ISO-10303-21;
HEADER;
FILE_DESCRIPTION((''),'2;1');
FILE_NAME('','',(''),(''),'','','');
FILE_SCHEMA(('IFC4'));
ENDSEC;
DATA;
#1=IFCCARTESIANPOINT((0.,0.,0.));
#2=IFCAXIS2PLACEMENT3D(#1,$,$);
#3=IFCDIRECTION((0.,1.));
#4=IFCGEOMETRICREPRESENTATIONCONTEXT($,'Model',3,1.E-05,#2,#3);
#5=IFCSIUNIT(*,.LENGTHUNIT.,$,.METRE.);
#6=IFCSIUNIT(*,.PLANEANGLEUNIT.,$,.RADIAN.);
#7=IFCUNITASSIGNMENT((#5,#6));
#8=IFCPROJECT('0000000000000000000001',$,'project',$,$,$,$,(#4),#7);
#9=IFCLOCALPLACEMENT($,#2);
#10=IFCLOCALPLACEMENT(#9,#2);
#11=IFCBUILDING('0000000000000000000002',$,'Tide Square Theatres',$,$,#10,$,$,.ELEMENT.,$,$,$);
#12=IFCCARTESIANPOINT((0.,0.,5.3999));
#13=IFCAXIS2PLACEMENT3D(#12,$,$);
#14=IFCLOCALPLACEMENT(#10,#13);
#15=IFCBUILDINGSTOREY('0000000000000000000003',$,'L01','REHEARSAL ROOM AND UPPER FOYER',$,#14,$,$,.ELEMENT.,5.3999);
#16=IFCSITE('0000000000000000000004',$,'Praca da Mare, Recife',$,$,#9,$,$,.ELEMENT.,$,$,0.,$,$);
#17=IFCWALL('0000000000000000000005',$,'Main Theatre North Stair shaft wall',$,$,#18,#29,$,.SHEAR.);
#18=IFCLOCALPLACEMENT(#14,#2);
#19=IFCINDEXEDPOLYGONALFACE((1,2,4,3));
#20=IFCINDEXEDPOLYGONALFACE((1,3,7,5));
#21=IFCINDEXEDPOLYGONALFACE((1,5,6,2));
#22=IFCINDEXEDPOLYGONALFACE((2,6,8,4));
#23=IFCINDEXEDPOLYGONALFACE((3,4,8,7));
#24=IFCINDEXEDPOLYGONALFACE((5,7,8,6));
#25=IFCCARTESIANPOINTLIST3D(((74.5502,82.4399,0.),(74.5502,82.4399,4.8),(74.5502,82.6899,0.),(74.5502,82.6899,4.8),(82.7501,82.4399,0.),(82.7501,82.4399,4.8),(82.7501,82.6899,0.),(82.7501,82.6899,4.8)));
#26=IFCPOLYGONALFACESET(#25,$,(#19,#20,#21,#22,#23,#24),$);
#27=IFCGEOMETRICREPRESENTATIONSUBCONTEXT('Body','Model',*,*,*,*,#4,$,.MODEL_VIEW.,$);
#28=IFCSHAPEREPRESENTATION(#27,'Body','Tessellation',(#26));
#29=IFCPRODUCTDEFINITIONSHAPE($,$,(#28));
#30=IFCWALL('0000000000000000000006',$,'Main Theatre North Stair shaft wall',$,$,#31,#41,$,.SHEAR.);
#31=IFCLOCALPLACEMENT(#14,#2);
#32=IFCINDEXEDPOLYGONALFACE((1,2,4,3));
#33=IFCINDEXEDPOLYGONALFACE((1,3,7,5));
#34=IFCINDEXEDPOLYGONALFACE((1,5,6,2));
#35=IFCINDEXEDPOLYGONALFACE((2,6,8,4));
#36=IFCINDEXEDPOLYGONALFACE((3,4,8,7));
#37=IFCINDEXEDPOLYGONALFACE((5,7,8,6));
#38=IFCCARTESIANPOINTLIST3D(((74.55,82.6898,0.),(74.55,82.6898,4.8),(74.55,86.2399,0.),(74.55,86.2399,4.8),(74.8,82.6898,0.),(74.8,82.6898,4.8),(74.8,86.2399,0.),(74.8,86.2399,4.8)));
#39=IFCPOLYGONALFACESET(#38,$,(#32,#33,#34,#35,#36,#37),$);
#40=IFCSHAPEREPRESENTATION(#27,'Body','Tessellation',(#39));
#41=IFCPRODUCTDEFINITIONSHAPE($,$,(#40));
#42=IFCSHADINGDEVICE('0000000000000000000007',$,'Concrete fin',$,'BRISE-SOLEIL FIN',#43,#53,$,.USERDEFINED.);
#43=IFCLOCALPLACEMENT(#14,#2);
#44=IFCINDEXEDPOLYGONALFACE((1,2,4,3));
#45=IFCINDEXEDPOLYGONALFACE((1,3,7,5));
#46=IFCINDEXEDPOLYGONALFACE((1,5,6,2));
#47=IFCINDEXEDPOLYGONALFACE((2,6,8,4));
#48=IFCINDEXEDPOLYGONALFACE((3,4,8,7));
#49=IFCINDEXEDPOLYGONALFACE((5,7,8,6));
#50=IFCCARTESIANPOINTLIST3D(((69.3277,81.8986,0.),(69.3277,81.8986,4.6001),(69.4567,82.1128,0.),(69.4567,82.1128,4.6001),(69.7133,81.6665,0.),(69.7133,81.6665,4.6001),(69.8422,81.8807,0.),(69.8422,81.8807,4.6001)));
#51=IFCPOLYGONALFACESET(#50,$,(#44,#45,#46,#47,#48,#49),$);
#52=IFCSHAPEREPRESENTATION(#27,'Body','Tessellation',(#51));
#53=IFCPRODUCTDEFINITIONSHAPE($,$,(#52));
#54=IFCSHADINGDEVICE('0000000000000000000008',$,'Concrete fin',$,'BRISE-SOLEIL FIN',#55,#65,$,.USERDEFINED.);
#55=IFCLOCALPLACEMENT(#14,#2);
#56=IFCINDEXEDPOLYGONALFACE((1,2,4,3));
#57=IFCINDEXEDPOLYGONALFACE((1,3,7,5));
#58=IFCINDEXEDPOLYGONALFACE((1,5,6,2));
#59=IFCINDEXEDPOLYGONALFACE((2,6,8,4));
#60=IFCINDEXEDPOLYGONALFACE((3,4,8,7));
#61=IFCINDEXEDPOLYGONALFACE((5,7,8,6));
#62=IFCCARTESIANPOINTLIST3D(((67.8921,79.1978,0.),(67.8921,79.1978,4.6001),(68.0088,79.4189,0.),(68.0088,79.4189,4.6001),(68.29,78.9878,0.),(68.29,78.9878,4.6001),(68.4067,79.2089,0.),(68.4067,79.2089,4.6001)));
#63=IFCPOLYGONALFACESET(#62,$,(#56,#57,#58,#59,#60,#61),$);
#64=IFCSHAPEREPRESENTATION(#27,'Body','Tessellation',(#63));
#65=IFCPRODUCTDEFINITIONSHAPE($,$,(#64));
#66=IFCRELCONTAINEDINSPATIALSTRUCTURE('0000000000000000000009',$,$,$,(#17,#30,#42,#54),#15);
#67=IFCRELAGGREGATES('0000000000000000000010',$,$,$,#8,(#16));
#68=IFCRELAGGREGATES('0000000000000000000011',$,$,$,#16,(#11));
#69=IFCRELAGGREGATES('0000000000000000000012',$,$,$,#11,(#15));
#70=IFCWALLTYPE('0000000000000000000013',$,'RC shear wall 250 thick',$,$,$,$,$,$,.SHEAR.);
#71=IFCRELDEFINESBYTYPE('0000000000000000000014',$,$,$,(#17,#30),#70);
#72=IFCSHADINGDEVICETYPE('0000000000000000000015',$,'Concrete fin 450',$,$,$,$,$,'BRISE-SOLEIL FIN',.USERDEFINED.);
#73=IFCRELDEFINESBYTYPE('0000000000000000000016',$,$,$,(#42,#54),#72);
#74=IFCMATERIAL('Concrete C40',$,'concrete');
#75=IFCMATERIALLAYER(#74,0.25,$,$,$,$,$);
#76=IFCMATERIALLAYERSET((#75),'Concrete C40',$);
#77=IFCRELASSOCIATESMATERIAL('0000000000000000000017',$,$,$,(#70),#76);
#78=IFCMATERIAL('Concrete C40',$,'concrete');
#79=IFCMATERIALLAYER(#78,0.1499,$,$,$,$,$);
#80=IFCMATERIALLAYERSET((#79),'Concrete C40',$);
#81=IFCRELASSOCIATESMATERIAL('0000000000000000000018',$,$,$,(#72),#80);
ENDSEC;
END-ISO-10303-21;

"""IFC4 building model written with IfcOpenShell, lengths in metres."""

from ifc_helpers import new_model, si_unit, direction, frame, frame_2d, origin, origin_2d, place, context, subcontext, project, spatial, rectangle, extrude, material, layer, layer_set, type_object, element, save


model = new_model("IFC4")

# Units and contexts
model_context = context("Model", 3, precision=1e-05, world=origin(), true_north=direction((0.0, 1.0)))
body_context = subcontext(model_context, "Body", "Model", "MODEL_VIEW")
ifc_project = project(units=[si_unit("LENGTHUNIT", "METRE"), si_unit("PLANEANGLEUNIT", "RADIAN")], contexts=[model_context])

# Site, building, storey
site_placement = place(None, origin())
site = spatial("IfcSite", under=ifc_project, at=site_placement, Name="Praca da Mare, Recife", CompositionType="ELEMENT", RefElevation=0.0)
building_placement = place(site_placement, origin())
building = spatial("IfcBuilding", under=site, at=building_placement, Name="Tide Square Theatres", CompositionType="ELEMENT")
storey_placement = place(building_placement, frame((0.0, 0.0, 5.3999)))
storey = spatial("IfcBuildingStorey", under=building, at=storey_placement, Name="L01", Description="REHEARSAL ROOM AND UPPER FOYER", CompositionType="ELEMENT", Elevation=5.3999)

# Walls
ifc_material_1 = material(Name="Concrete C40", Category="concrete")
ifc_layer_1 = layer(ifc_material_1, 0.25)
ifc_layer_set_1 = layer_set([ifc_layer_1], Name="Concrete C40")
wall_type_1 = type_object("IfcWallType", Name="RC shear wall 250 thick", PredefinedType="SHEAR", material=ifc_layer_set_1)
wall_1_placement = place(storey_placement, frame((74.55, 82.5649, 0.0), z_axis=(0.0, 0.0, 1.0), x_axis=(1.0, 0.0, 0.0)))
element("IfcWall", 1, at=wall_1_placement, inside=storey, type_object=wall_type_1, Name="Main Theatre North Stair shaft wall", PredefinedType="SHEAR", context=body_context, shape_type="SweptSolid", body=[
    extrude(rectangle(XDim=8.2, YDim=0.25, at=frame_2d((4.1001, 0.0))), origin(), (0.0, 0.0, 1.0), 4.8),
])
wall_2_placement = place(storey_placement, frame((74.675, 82.6899, 0.0), z_axis=(0.0, 0.0, 1.0), x_axis=(0.0, 1.0, 0.0)))
element("IfcWall", 2, at=wall_2_placement, inside=storey, type_object=wall_type_1, Name="Main Theatre North Stair shaft wall", PredefinedType="SHEAR", context=body_context, shape_type="SweptSolid", body=[
    extrude(rectangle(XDim=3.55, YDim=0.25, at=frame_2d((1.7749, 0.0))), origin(), (0.0, 0.0, 1.0), 4.8),
])

# Shading devices
ifc_material_2 = material(Name="Concrete C40", Category="concrete")
ifc_layer_2 = layer(ifc_material_2, 0.1499)
ifc_layer_set_2 = layer_set([ifc_layer_2], Name="Concrete C40")
shading_device_type = type_object("IfcShadingDeviceType", Name="Concrete fin 450", ElementType="BRISE-SOLEIL FIN", PredefinedType="USERDEFINED", material=ifc_layer_set_2)
for number, where, z_axis, x_axis, name in (
    (3, (69.585, 81.8896, 0.0), (0.0, 0.0, 1.0), (-0.515681, -0.856781, 0.0), "Concrete fin"),
    (4, (68.1494, 79.2034, 0.0), (0.0, 0.0, 1.0), (-0.466757, -0.884386, 0.0), "Concrete fin"),
):
    element("IfcShadingDevice", number, at=place(storey_placement, frame(where, z_axis=z_axis, x_axis=x_axis)), inside=storey, type_object=shading_device_type, Name=name, ObjectType="BRISE-SOLEIL FIN", PredefinedType="USERDEFINED", context=body_context, shape_type="SweptSolid", body=[
        extrude(rectangle(XDim=0.25, YDim=0.45, at=origin_2d()), origin(), (0.0, 0.0, 1.0), 4.6001),
    ])

save(model, "model.ifc")
